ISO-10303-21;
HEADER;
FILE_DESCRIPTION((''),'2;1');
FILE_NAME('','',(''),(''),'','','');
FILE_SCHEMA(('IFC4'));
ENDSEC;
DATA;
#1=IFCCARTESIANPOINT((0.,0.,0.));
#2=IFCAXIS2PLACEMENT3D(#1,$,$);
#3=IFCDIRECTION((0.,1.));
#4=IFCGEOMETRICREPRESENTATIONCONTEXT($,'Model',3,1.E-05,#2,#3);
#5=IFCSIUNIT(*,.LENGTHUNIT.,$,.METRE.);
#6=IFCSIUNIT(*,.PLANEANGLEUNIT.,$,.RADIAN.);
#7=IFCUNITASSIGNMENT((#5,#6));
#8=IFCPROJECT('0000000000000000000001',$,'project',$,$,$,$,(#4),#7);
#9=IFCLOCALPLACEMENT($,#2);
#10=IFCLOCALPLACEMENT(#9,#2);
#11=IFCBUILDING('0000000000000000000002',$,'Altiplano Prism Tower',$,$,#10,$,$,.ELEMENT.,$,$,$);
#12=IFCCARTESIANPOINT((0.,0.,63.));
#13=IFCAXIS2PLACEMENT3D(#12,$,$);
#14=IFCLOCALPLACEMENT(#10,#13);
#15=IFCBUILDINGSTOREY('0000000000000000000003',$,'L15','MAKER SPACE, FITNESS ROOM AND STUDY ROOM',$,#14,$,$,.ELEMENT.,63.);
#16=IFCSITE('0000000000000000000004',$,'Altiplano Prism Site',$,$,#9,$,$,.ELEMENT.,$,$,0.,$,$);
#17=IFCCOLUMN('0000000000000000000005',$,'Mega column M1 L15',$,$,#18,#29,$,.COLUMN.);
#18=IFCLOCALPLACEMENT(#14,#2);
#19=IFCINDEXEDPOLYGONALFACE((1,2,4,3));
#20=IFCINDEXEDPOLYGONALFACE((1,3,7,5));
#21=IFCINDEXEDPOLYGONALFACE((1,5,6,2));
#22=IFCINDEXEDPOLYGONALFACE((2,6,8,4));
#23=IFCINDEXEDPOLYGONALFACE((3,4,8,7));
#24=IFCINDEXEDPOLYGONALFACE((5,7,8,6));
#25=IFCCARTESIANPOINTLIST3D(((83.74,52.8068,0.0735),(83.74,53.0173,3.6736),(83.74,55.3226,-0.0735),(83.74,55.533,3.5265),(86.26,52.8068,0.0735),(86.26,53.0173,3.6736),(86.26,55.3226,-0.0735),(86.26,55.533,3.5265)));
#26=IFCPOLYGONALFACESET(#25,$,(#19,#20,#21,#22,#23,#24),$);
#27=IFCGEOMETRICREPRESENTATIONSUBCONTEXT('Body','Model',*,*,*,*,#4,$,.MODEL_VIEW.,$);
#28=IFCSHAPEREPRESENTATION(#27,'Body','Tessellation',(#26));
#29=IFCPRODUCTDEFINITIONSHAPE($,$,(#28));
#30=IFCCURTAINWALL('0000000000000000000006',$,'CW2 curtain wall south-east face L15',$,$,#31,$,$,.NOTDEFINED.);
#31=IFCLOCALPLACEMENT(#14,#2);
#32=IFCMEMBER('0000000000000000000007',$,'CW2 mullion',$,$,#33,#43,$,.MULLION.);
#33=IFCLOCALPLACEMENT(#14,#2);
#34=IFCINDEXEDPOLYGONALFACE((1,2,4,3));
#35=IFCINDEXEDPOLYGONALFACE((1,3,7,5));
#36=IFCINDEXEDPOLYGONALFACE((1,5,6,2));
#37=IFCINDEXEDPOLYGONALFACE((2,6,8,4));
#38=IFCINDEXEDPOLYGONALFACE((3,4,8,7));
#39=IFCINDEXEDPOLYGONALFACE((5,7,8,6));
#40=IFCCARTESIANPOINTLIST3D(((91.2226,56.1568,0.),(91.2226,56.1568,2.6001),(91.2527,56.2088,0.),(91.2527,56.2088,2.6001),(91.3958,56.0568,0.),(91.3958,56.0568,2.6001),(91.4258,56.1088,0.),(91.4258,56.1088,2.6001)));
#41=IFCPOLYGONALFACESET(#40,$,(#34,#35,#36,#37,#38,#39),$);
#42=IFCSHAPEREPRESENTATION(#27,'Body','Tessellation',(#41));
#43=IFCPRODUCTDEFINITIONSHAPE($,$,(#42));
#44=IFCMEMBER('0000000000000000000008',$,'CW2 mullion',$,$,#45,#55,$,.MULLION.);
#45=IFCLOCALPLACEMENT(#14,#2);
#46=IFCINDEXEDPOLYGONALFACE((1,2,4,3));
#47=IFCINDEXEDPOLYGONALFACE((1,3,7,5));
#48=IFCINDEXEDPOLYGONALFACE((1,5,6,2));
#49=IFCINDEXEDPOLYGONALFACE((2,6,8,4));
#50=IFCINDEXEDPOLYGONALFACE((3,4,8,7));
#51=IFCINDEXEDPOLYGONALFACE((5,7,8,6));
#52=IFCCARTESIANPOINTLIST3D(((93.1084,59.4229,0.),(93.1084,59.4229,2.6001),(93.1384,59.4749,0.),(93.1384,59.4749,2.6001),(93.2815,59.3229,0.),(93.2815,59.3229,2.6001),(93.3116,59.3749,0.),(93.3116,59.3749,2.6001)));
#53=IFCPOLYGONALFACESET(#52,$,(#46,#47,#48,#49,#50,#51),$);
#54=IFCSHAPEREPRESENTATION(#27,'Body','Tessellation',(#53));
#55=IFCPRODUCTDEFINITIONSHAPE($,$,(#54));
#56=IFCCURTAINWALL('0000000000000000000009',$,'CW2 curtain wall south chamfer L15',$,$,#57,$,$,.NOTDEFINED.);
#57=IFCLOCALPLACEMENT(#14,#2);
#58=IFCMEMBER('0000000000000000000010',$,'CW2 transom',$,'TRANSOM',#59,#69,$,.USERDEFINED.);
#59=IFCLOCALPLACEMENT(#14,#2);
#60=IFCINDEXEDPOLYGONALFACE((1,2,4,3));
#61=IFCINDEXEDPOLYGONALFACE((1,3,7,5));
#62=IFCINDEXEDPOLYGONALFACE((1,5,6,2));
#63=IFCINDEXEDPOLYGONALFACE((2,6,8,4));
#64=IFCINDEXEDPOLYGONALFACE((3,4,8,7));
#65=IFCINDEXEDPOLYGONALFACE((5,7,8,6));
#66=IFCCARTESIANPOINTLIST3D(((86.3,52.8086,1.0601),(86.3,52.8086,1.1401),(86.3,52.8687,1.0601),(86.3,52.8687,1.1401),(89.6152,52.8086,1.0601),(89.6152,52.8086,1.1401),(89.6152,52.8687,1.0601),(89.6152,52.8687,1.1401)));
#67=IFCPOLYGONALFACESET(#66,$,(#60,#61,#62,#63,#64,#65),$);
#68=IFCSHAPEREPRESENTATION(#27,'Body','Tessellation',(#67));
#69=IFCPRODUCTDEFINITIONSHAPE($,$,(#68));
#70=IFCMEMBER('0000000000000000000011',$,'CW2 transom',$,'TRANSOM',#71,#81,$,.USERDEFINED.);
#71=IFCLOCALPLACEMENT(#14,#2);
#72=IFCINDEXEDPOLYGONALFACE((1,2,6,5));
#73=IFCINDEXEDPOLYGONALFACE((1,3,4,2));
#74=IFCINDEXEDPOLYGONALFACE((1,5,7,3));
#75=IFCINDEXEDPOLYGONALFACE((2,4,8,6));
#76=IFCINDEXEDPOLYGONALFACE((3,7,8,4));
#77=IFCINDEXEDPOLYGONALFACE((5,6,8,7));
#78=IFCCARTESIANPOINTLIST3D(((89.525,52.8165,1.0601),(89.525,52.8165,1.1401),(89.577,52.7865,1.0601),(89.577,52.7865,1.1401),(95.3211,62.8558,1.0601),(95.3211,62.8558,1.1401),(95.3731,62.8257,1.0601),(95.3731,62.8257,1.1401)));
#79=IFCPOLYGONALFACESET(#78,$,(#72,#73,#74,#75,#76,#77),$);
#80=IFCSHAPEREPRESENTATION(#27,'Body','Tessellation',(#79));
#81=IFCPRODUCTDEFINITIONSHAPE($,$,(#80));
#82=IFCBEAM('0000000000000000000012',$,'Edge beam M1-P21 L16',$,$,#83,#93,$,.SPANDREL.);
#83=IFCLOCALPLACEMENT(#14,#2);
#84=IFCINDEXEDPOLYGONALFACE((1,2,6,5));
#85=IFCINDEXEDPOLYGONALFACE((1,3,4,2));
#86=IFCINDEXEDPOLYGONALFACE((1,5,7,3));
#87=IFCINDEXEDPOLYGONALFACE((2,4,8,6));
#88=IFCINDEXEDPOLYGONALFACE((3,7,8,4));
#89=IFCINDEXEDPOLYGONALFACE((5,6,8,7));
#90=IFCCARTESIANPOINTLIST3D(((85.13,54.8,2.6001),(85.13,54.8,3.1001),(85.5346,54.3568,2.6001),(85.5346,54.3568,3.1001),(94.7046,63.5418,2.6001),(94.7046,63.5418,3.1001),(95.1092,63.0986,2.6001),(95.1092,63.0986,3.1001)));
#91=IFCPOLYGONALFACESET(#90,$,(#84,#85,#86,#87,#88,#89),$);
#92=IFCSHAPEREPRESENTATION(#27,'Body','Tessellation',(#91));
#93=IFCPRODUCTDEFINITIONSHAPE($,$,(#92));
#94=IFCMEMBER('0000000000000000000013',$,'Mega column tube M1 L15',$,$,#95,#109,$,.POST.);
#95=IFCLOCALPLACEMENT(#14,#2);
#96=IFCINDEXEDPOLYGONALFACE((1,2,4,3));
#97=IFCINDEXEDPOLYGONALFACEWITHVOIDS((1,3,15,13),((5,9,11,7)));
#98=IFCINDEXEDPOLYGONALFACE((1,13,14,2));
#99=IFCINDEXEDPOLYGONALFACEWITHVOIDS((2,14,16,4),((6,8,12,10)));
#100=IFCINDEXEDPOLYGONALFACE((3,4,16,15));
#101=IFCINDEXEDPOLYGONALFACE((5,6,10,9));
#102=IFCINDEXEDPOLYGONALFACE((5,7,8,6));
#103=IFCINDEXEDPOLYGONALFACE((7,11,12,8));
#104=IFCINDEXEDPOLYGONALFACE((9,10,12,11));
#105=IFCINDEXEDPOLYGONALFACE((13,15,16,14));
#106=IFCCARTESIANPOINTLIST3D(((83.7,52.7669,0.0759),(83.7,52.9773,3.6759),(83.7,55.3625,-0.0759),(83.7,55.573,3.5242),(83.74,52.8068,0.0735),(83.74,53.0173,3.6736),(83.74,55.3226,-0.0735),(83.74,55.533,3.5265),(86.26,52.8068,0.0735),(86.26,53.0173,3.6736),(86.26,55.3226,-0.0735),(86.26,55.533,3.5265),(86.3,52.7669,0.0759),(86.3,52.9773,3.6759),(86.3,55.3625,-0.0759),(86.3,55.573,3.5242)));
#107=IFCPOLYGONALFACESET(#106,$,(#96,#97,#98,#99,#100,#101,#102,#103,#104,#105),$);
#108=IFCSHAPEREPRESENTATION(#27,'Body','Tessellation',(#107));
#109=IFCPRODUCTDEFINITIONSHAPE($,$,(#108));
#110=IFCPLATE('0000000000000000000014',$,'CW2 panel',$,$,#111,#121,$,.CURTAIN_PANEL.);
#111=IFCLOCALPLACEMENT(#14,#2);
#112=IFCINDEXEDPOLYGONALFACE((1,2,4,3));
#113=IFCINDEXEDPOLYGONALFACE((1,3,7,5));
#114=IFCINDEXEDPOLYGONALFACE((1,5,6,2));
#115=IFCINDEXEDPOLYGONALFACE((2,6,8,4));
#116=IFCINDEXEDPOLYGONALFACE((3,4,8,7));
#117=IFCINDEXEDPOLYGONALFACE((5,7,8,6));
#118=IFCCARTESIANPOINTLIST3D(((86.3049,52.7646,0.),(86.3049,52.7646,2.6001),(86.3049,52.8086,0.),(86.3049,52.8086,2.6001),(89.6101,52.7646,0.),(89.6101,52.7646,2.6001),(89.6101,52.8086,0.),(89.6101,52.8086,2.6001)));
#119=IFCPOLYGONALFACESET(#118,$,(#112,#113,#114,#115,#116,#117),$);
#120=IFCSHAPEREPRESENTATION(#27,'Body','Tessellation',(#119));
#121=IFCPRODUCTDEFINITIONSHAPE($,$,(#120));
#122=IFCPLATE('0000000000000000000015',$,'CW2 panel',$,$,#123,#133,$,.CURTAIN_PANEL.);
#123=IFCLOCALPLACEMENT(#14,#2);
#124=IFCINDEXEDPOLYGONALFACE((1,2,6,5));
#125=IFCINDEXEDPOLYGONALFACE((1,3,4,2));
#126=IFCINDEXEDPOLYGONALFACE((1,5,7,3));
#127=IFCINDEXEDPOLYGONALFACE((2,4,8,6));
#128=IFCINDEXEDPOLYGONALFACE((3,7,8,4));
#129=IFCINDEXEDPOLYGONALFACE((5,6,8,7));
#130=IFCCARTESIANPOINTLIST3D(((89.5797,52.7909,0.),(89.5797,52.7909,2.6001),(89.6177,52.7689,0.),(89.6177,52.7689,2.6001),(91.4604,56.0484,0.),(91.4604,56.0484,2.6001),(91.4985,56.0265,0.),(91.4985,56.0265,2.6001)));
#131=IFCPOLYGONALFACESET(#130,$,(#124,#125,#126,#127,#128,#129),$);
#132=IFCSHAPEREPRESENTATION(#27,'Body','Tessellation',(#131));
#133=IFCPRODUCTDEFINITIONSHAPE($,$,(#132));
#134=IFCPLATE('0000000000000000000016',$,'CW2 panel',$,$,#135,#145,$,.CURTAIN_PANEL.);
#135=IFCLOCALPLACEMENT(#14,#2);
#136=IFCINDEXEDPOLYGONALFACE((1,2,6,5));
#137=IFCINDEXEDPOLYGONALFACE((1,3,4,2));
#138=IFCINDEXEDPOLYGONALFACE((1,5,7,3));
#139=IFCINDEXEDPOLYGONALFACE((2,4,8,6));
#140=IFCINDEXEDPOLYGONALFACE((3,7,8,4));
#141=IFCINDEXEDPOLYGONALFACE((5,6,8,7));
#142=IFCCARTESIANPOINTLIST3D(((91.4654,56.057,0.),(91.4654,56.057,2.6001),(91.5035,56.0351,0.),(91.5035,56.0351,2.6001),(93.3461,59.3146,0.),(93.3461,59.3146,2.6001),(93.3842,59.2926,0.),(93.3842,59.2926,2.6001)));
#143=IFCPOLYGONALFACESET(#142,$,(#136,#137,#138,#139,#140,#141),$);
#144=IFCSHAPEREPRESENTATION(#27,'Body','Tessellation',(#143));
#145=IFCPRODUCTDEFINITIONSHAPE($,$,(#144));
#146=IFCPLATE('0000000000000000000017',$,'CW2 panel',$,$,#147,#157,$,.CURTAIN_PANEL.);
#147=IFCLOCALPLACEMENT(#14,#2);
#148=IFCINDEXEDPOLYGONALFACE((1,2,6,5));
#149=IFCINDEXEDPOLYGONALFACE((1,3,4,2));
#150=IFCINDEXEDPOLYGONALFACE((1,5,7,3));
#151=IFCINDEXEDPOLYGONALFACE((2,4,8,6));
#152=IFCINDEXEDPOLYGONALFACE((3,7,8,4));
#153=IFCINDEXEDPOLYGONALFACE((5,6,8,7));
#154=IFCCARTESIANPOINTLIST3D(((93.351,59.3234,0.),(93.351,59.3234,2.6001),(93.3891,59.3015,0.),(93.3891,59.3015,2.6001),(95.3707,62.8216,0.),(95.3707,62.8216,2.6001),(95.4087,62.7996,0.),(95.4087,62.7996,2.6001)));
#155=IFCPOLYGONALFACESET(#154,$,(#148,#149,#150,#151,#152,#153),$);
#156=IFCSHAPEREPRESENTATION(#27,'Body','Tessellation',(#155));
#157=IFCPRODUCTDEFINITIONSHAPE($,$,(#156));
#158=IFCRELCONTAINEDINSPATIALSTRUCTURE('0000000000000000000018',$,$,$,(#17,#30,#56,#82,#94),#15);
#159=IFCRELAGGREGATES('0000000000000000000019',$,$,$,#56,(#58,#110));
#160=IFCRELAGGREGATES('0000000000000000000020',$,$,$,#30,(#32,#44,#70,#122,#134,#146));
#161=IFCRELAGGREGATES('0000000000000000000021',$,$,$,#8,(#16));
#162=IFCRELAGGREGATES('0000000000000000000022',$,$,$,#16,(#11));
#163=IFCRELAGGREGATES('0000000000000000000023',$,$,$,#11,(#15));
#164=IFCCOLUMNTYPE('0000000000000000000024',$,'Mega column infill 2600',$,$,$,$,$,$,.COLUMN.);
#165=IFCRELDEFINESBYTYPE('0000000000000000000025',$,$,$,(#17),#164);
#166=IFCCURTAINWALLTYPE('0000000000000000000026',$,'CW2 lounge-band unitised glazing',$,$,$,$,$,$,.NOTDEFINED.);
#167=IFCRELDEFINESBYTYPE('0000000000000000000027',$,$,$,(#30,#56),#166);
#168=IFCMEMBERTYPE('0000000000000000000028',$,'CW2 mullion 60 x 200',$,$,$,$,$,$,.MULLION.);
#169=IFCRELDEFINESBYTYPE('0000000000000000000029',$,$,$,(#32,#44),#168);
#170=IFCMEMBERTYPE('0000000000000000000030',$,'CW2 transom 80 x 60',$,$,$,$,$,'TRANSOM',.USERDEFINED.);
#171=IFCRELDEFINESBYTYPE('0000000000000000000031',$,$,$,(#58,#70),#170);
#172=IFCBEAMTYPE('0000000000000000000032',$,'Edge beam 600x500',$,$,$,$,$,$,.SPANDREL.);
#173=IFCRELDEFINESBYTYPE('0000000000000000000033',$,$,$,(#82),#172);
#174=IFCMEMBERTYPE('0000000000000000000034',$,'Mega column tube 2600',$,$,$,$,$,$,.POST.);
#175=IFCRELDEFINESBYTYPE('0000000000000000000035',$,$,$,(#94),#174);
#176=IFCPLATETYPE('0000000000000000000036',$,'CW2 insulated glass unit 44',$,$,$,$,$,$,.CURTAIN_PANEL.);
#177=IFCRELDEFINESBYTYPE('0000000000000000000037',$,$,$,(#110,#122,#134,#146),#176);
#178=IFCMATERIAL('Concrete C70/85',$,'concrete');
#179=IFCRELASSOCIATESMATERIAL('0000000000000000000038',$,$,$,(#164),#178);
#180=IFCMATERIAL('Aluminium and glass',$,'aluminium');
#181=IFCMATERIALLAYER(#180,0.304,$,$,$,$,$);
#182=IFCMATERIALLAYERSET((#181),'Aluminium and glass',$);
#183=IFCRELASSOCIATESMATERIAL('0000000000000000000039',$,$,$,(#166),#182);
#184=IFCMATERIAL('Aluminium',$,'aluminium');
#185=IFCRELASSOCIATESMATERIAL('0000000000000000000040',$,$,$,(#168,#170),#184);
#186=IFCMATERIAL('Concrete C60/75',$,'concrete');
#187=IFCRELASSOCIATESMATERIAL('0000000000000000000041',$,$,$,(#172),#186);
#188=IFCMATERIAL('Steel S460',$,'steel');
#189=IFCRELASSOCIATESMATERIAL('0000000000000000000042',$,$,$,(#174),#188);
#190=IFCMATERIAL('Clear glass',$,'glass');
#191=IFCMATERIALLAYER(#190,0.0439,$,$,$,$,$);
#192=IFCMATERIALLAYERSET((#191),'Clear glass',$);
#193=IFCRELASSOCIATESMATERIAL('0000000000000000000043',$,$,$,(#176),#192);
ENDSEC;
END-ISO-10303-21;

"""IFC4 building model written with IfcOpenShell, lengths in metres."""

from ifc_helpers import new_model, si_unit, direction, frame, origin, origin_2d, place, context, subcontext, project, spatial, rectangle, hollow_rectangle, extrude, material, layer, layer_set, material_profile, profile_set, type_object, element, aggregate, save


model = new_model("IFC4")

# Units and contexts
model_context = context("Model", 3, precision=1e-05, world=origin(), true_north=direction((0.0, 1.0)))
body_context = subcontext(model_context, "Body", "Model", "MODEL_VIEW")
ifc_project = project(units=[si_unit("LENGTHUNIT", "METRE"), si_unit("PLANEANGLEUNIT", "RADIAN")], contexts=[model_context])

# Site, building, storey
site_placement = place(None, origin())
site = spatial("IfcSite", under=ifc_project, at=site_placement, Name="Altiplano Prism Site", CompositionType="ELEMENT", RefElevation=0.0)
building_placement = place(site_placement, origin())
building = spatial("IfcBuilding", under=site, at=building_placement, Name="Altiplano Prism Tower", CompositionType="ELEMENT")
storey_placement = place(building_placement, frame((0.0, 0.0, 63.0)))
storey = spatial("IfcBuildingStorey", under=building, at=storey_placement, Name="L15", Description="MAKER SPACE, FITNESS ROOM AND STUDY ROOM", CompositionType="ELEMENT", Elevation=63.0)

# Column
ifc_material_1 = material(Name="Concrete C70/85", Category="concrete")
ifc_material_profile_1 = material_profile(ifc_material_1, rectangle(XDim=2.52, YDim=2.52, at=origin_2d()), Name="Mega column infill 2600")
ifc_profile_set_1 = profile_set([ifc_material_profile_1], Name="Concrete C70/85")
column_type = type_object("IfcColumnType", Name="Mega column infill 2600", PredefinedType="COLUMN", material=ifc_profile_set_1)
column_placement = place(storey_placement, frame((85.0, 54.0647, 0.0), z_axis=(0.0, 0.058357, 0.998296), x_axis=(-1.0, 0.0, 0.0)))
element("IfcColumn", 1, at=column_placement, inside=storey, type_object=column_type, Name="Mega column M1 L15", PredefinedType="COLUMN", context=body_context, shape_type="SweptSolid", body=[
    extrude(rectangle(XDim=2.52, YDim=2.52, at=origin_2d()), origin(), (0.0, 0.0, 1.0), 3.6062),
])

# Curtain wall, members
ifc_material_2 = material(Name="Aluminium and glass", Category="aluminium")
ifc_layer_1 = layer(ifc_material_2, 0.304)
ifc_layer_set_1 = layer_set([ifc_layer_1], Name="Aluminium and glass")
curtain_wall_type = type_object("IfcCurtainWallType", Name="CW2 lounge-band unitised glazing", PredefinedType="NOTDEFINED", material=ifc_layer_set_1)
curtain_wall_1_placement = place(storey_placement, origin())
curtain_wall_1 = element("IfcCurtainWall", 2, at=curtain_wall_1_placement, inside=storey, type_object=curtain_wall_type, Name="CW2 curtain wall south-east face L15", PredefinedType="NOTDEFINED")
ifc_material_3 = material(Name="Aluminium", Category="aluminium")
ifc_material_profile_2 = material_profile(ifc_material_3, rectangle(XDim=0.2, YDim=0.0601, at=origin_2d()), Name="CW2 mullion 60 x 200")
ifc_profile_set_2 = profile_set([ifc_material_profile_2], Name="Aluminium")
member_type_1 = type_object("IfcMemberType", Name="CW2 mullion 60 x 200", PredefinedType="MULLION", material=ifc_profile_set_2)
member_1_placement = place(storey_placement, frame((91.3242, 56.1328, 0.0), z_axis=(0.0, 0.0, 1.0), x_axis=(-0.866025, 0.5, 0.0)))
member_1 = element("IfcMember", 3, at=member_1_placement, type_object=member_type_1, Name="CW2 mullion", PredefinedType="MULLION", context=body_context, shape_type="SweptSolid", body=[
    extrude(rectangle(XDim=0.2, YDim=0.0601, at=origin_2d()), origin(), (0.0, 0.0, 1.0), 2.6001),
])
member_2_placement = place(storey_placement, frame((93.21, 59.3989, 0.0), z_axis=(0.0, 0.0, 1.0), x_axis=(-0.866025, 0.5, 0.0)))
member_2 = element("IfcMember", 4, at=member_2_placement, type_object=member_type_1, Name="CW2 mullion", PredefinedType="MULLION", context=body_context, shape_type="SweptSolid", body=[
    extrude(rectangle(XDim=0.2, YDim=0.0601, at=origin_2d()), origin(), (0.0, 0.0, 1.0), 2.6001),
])

# Curtain wall, member
curtain_wall_2_placement = place(storey_placement, origin())
curtain_wall_2 = element("IfcCurtainWall", 5, at=curtain_wall_2_placement, inside=storey, type_object=curtain_wall_type, Name="CW2 curtain wall south chamfer L15", PredefinedType="NOTDEFINED")
ifc_material_profile_3 = material_profile(ifc_material_3, rectangle(XDim=0.0601, YDim=0.0801, at=origin_2d()), Name="CW2 transom 80 x 60")
ifc_profile_set_3 = profile_set([ifc_material_profile_3], Name="Aluminium")
member_type_2 = type_object("IfcMemberType", Name="CW2 transom 80 x 60", ElementType="TRANSOM", PredefinedType="USERDEFINED", material=ifc_profile_set_3)
member_3_placement = place(storey_placement, frame((86.3, 52.8386, 1.1001), z_axis=(1.0, 0.0, 0.0), x_axis=(0.0, 1.0, 0.0)))
member_3 = element("IfcMember", 6, at=member_3_placement, type_object=member_type_2, Name="CW2 transom", ObjectType="TRANSOM", PredefinedType="USERDEFINED", context=body_context, shape_type="SweptSolid", body=[
    extrude(rectangle(XDim=0.0601, YDim=0.0801, at=origin_2d()), origin(), (0.0, 0.0, 1.0), 3.3152),
])

# Member
member_4_placement = place(storey_placement, frame((89.551, 52.8015, 1.1001), z_axis=(0.499997, 0.866027, 0.0), x_axis=(-0.866027, 0.499997, 0.0)))
member_4 = element("IfcMember", 7, at=member_4_placement, type_object=member_type_2, Name="CW2 transom", ObjectType="TRANSOM", PredefinedType="USERDEFINED", context=body_context, shape_type="SweptSolid", body=[
    extrude(rectangle(XDim=0.0601, YDim=0.0801, at=origin_2d()), origin(), (0.0, 0.0, 1.0), 11.5923),
])

# Beam
ifc_material_4 = material(Name="Concrete C60/75", Category="concrete")
ifc_material_profile_4 = material_profile(ifc_material_4, rectangle(XDim=0.6001, YDim=0.5, at=origin_2d()), Name="Edge beam 600x500")
ifc_profile_set_4 = profile_set([ifc_material_profile_4], Name="Concrete C60/75")
beam_type = type_object("IfcBeamType", Name="Edge beam 600x500", PredefinedType="SPANDREL", material=ifc_profile_set_4)
beam_placement = place(storey_placement, frame((85.3323, 54.5784, 2.8501), z_axis=(0.738492, 0.674262, 0.0), x_axis=(-0.674262, 0.738492, 0.0)))
element("IfcBeam", 8, at=beam_placement, inside=storey, type_object=beam_type, Name="Edge beam M1-P21 L16", PredefinedType="SPANDREL", context=body_context, shape_type="SweptSolid", body=[
    extrude(rectangle(XDim=0.6001, YDim=0.5, at=origin_2d()), origin(), (0.0, 0.0, 1.0), 12.9651),
])

# Member
ifc_material_5 = material(Name="Steel S460", Category="steel")
ifc_material_profile_5 = material_profile(ifc_material_5, hollow_rectangle(XDim=2.6001, YDim=2.6001, WallThickness=0.04, at=origin_2d()), Name="Mega column tube 2600")
ifc_profile_set_5 = profile_set([ifc_material_profile_5], Name="Steel S460")
member_type_3 = type_object("IfcMemberType", Name="Mega column tube 2600", PredefinedType="POST", material=ifc_profile_set_5)
member_5_placement = place(storey_placement, frame((85.0, 54.0647, 0.0), z_axis=(0.0, 0.058357, 0.998296), x_axis=(-1.0, 0.0, 0.0)))
element("IfcMember", 9, at=member_5_placement, inside=storey, type_object=member_type_3, Name="Mega column tube M1 L15", PredefinedType="POST", context=body_context, shape_type="SweptSolid", body=[
    extrude(hollow_rectangle(XDim=2.6001, YDim=2.6001, WallThickness=0.04, at=origin_2d()), origin(), (0.0, 0.0, 1.0), 3.6062),
])

# Plates
ifc_material_6 = material(Name="Clear glass", Category="glass")
ifc_layer_2 = layer(ifc_material_6, 0.0439)
ifc_layer_set_2 = layer_set([ifc_layer_2], Name="Clear glass")
plate_type = type_object("IfcPlateType", Name="CW2 insulated glass unit 44", PredefinedType="CURTAIN_PANEL", material=ifc_layer_set_2)
plate_1_placement = place(storey_placement, frame((87.9575, 52.7866, 0.0), z_axis=(0.0, 0.0, 1.0), x_axis=(1.0, 0.0, 0.0)))
plate_1 = element("IfcPlate", 10, at=plate_1_placement, type_object=plate_type, Name="CW2 panel", PredefinedType="CURTAIN_PANEL", context=body_context, shape_type="SweptSolid", body=[
    extrude(rectangle(XDim=3.3052, YDim=0.0439, at=origin_2d()), origin(), (0.0, 0.0, 1.0), 2.6001),
])
aggregate(curtain_wall_2, [member_3, plate_1])
plate_2_placement = place(storey_placement, frame((90.5391, 54.4087, 0.0), z_axis=(0.0, 0.0, 1.0), x_axis=(0.5, 0.866025, 0.0)))
plate_2 = element("IfcPlate", 11, at=plate_2_placement, type_object=plate_type, Name="CW2 panel", PredefinedType="CURTAIN_PANEL", context=body_context, shape_type="SweptSolid", body=[
    extrude(rectangle(XDim=3.7615, YDim=0.0439, at=origin_2d()), origin(), (0.0, 0.0, 1.0), 2.6001),
])
plate_3_placement = place(storey_placement, frame((92.4248, 57.6748, 0.0), z_axis=(0.0, 0.0, 1.0), x_axis=(0.5, 0.866025, 0.0)))
plate_3 = element("IfcPlate", 12, at=plate_3_placement, type_object=plate_type, Name="CW2 panel", PredefinedType="CURTAIN_PANEL", context=body_context, shape_type="SweptSolid", body=[
    extrude(rectangle(XDim=3.7615, YDim=0.0439, at=origin_2d()), origin(), (0.0, 0.0, 1.0), 2.6001),
])
plate_4_placement = place(storey_placement, frame((94.3799, 61.0615, 0.0), z_axis=(0.0, 0.0, 1.0), x_axis=(0.5, 0.866025, 0.0)))
plate_4 = element("IfcPlate", 13, at=plate_4_placement, type_object=plate_type, Name="CW2 panel", PredefinedType="CURTAIN_PANEL", context=body_context, shape_type="SweptSolid", body=[
    extrude(rectangle(XDim=4.0393, YDim=0.0439, at=origin_2d()), origin(), (0.0, 0.0, 1.0), 2.6001),
])
aggregate(curtain_wall_1, [member_1, member_2, member_4, plate_2, plate_3, plate_4])

save(model, "model.ifc")
